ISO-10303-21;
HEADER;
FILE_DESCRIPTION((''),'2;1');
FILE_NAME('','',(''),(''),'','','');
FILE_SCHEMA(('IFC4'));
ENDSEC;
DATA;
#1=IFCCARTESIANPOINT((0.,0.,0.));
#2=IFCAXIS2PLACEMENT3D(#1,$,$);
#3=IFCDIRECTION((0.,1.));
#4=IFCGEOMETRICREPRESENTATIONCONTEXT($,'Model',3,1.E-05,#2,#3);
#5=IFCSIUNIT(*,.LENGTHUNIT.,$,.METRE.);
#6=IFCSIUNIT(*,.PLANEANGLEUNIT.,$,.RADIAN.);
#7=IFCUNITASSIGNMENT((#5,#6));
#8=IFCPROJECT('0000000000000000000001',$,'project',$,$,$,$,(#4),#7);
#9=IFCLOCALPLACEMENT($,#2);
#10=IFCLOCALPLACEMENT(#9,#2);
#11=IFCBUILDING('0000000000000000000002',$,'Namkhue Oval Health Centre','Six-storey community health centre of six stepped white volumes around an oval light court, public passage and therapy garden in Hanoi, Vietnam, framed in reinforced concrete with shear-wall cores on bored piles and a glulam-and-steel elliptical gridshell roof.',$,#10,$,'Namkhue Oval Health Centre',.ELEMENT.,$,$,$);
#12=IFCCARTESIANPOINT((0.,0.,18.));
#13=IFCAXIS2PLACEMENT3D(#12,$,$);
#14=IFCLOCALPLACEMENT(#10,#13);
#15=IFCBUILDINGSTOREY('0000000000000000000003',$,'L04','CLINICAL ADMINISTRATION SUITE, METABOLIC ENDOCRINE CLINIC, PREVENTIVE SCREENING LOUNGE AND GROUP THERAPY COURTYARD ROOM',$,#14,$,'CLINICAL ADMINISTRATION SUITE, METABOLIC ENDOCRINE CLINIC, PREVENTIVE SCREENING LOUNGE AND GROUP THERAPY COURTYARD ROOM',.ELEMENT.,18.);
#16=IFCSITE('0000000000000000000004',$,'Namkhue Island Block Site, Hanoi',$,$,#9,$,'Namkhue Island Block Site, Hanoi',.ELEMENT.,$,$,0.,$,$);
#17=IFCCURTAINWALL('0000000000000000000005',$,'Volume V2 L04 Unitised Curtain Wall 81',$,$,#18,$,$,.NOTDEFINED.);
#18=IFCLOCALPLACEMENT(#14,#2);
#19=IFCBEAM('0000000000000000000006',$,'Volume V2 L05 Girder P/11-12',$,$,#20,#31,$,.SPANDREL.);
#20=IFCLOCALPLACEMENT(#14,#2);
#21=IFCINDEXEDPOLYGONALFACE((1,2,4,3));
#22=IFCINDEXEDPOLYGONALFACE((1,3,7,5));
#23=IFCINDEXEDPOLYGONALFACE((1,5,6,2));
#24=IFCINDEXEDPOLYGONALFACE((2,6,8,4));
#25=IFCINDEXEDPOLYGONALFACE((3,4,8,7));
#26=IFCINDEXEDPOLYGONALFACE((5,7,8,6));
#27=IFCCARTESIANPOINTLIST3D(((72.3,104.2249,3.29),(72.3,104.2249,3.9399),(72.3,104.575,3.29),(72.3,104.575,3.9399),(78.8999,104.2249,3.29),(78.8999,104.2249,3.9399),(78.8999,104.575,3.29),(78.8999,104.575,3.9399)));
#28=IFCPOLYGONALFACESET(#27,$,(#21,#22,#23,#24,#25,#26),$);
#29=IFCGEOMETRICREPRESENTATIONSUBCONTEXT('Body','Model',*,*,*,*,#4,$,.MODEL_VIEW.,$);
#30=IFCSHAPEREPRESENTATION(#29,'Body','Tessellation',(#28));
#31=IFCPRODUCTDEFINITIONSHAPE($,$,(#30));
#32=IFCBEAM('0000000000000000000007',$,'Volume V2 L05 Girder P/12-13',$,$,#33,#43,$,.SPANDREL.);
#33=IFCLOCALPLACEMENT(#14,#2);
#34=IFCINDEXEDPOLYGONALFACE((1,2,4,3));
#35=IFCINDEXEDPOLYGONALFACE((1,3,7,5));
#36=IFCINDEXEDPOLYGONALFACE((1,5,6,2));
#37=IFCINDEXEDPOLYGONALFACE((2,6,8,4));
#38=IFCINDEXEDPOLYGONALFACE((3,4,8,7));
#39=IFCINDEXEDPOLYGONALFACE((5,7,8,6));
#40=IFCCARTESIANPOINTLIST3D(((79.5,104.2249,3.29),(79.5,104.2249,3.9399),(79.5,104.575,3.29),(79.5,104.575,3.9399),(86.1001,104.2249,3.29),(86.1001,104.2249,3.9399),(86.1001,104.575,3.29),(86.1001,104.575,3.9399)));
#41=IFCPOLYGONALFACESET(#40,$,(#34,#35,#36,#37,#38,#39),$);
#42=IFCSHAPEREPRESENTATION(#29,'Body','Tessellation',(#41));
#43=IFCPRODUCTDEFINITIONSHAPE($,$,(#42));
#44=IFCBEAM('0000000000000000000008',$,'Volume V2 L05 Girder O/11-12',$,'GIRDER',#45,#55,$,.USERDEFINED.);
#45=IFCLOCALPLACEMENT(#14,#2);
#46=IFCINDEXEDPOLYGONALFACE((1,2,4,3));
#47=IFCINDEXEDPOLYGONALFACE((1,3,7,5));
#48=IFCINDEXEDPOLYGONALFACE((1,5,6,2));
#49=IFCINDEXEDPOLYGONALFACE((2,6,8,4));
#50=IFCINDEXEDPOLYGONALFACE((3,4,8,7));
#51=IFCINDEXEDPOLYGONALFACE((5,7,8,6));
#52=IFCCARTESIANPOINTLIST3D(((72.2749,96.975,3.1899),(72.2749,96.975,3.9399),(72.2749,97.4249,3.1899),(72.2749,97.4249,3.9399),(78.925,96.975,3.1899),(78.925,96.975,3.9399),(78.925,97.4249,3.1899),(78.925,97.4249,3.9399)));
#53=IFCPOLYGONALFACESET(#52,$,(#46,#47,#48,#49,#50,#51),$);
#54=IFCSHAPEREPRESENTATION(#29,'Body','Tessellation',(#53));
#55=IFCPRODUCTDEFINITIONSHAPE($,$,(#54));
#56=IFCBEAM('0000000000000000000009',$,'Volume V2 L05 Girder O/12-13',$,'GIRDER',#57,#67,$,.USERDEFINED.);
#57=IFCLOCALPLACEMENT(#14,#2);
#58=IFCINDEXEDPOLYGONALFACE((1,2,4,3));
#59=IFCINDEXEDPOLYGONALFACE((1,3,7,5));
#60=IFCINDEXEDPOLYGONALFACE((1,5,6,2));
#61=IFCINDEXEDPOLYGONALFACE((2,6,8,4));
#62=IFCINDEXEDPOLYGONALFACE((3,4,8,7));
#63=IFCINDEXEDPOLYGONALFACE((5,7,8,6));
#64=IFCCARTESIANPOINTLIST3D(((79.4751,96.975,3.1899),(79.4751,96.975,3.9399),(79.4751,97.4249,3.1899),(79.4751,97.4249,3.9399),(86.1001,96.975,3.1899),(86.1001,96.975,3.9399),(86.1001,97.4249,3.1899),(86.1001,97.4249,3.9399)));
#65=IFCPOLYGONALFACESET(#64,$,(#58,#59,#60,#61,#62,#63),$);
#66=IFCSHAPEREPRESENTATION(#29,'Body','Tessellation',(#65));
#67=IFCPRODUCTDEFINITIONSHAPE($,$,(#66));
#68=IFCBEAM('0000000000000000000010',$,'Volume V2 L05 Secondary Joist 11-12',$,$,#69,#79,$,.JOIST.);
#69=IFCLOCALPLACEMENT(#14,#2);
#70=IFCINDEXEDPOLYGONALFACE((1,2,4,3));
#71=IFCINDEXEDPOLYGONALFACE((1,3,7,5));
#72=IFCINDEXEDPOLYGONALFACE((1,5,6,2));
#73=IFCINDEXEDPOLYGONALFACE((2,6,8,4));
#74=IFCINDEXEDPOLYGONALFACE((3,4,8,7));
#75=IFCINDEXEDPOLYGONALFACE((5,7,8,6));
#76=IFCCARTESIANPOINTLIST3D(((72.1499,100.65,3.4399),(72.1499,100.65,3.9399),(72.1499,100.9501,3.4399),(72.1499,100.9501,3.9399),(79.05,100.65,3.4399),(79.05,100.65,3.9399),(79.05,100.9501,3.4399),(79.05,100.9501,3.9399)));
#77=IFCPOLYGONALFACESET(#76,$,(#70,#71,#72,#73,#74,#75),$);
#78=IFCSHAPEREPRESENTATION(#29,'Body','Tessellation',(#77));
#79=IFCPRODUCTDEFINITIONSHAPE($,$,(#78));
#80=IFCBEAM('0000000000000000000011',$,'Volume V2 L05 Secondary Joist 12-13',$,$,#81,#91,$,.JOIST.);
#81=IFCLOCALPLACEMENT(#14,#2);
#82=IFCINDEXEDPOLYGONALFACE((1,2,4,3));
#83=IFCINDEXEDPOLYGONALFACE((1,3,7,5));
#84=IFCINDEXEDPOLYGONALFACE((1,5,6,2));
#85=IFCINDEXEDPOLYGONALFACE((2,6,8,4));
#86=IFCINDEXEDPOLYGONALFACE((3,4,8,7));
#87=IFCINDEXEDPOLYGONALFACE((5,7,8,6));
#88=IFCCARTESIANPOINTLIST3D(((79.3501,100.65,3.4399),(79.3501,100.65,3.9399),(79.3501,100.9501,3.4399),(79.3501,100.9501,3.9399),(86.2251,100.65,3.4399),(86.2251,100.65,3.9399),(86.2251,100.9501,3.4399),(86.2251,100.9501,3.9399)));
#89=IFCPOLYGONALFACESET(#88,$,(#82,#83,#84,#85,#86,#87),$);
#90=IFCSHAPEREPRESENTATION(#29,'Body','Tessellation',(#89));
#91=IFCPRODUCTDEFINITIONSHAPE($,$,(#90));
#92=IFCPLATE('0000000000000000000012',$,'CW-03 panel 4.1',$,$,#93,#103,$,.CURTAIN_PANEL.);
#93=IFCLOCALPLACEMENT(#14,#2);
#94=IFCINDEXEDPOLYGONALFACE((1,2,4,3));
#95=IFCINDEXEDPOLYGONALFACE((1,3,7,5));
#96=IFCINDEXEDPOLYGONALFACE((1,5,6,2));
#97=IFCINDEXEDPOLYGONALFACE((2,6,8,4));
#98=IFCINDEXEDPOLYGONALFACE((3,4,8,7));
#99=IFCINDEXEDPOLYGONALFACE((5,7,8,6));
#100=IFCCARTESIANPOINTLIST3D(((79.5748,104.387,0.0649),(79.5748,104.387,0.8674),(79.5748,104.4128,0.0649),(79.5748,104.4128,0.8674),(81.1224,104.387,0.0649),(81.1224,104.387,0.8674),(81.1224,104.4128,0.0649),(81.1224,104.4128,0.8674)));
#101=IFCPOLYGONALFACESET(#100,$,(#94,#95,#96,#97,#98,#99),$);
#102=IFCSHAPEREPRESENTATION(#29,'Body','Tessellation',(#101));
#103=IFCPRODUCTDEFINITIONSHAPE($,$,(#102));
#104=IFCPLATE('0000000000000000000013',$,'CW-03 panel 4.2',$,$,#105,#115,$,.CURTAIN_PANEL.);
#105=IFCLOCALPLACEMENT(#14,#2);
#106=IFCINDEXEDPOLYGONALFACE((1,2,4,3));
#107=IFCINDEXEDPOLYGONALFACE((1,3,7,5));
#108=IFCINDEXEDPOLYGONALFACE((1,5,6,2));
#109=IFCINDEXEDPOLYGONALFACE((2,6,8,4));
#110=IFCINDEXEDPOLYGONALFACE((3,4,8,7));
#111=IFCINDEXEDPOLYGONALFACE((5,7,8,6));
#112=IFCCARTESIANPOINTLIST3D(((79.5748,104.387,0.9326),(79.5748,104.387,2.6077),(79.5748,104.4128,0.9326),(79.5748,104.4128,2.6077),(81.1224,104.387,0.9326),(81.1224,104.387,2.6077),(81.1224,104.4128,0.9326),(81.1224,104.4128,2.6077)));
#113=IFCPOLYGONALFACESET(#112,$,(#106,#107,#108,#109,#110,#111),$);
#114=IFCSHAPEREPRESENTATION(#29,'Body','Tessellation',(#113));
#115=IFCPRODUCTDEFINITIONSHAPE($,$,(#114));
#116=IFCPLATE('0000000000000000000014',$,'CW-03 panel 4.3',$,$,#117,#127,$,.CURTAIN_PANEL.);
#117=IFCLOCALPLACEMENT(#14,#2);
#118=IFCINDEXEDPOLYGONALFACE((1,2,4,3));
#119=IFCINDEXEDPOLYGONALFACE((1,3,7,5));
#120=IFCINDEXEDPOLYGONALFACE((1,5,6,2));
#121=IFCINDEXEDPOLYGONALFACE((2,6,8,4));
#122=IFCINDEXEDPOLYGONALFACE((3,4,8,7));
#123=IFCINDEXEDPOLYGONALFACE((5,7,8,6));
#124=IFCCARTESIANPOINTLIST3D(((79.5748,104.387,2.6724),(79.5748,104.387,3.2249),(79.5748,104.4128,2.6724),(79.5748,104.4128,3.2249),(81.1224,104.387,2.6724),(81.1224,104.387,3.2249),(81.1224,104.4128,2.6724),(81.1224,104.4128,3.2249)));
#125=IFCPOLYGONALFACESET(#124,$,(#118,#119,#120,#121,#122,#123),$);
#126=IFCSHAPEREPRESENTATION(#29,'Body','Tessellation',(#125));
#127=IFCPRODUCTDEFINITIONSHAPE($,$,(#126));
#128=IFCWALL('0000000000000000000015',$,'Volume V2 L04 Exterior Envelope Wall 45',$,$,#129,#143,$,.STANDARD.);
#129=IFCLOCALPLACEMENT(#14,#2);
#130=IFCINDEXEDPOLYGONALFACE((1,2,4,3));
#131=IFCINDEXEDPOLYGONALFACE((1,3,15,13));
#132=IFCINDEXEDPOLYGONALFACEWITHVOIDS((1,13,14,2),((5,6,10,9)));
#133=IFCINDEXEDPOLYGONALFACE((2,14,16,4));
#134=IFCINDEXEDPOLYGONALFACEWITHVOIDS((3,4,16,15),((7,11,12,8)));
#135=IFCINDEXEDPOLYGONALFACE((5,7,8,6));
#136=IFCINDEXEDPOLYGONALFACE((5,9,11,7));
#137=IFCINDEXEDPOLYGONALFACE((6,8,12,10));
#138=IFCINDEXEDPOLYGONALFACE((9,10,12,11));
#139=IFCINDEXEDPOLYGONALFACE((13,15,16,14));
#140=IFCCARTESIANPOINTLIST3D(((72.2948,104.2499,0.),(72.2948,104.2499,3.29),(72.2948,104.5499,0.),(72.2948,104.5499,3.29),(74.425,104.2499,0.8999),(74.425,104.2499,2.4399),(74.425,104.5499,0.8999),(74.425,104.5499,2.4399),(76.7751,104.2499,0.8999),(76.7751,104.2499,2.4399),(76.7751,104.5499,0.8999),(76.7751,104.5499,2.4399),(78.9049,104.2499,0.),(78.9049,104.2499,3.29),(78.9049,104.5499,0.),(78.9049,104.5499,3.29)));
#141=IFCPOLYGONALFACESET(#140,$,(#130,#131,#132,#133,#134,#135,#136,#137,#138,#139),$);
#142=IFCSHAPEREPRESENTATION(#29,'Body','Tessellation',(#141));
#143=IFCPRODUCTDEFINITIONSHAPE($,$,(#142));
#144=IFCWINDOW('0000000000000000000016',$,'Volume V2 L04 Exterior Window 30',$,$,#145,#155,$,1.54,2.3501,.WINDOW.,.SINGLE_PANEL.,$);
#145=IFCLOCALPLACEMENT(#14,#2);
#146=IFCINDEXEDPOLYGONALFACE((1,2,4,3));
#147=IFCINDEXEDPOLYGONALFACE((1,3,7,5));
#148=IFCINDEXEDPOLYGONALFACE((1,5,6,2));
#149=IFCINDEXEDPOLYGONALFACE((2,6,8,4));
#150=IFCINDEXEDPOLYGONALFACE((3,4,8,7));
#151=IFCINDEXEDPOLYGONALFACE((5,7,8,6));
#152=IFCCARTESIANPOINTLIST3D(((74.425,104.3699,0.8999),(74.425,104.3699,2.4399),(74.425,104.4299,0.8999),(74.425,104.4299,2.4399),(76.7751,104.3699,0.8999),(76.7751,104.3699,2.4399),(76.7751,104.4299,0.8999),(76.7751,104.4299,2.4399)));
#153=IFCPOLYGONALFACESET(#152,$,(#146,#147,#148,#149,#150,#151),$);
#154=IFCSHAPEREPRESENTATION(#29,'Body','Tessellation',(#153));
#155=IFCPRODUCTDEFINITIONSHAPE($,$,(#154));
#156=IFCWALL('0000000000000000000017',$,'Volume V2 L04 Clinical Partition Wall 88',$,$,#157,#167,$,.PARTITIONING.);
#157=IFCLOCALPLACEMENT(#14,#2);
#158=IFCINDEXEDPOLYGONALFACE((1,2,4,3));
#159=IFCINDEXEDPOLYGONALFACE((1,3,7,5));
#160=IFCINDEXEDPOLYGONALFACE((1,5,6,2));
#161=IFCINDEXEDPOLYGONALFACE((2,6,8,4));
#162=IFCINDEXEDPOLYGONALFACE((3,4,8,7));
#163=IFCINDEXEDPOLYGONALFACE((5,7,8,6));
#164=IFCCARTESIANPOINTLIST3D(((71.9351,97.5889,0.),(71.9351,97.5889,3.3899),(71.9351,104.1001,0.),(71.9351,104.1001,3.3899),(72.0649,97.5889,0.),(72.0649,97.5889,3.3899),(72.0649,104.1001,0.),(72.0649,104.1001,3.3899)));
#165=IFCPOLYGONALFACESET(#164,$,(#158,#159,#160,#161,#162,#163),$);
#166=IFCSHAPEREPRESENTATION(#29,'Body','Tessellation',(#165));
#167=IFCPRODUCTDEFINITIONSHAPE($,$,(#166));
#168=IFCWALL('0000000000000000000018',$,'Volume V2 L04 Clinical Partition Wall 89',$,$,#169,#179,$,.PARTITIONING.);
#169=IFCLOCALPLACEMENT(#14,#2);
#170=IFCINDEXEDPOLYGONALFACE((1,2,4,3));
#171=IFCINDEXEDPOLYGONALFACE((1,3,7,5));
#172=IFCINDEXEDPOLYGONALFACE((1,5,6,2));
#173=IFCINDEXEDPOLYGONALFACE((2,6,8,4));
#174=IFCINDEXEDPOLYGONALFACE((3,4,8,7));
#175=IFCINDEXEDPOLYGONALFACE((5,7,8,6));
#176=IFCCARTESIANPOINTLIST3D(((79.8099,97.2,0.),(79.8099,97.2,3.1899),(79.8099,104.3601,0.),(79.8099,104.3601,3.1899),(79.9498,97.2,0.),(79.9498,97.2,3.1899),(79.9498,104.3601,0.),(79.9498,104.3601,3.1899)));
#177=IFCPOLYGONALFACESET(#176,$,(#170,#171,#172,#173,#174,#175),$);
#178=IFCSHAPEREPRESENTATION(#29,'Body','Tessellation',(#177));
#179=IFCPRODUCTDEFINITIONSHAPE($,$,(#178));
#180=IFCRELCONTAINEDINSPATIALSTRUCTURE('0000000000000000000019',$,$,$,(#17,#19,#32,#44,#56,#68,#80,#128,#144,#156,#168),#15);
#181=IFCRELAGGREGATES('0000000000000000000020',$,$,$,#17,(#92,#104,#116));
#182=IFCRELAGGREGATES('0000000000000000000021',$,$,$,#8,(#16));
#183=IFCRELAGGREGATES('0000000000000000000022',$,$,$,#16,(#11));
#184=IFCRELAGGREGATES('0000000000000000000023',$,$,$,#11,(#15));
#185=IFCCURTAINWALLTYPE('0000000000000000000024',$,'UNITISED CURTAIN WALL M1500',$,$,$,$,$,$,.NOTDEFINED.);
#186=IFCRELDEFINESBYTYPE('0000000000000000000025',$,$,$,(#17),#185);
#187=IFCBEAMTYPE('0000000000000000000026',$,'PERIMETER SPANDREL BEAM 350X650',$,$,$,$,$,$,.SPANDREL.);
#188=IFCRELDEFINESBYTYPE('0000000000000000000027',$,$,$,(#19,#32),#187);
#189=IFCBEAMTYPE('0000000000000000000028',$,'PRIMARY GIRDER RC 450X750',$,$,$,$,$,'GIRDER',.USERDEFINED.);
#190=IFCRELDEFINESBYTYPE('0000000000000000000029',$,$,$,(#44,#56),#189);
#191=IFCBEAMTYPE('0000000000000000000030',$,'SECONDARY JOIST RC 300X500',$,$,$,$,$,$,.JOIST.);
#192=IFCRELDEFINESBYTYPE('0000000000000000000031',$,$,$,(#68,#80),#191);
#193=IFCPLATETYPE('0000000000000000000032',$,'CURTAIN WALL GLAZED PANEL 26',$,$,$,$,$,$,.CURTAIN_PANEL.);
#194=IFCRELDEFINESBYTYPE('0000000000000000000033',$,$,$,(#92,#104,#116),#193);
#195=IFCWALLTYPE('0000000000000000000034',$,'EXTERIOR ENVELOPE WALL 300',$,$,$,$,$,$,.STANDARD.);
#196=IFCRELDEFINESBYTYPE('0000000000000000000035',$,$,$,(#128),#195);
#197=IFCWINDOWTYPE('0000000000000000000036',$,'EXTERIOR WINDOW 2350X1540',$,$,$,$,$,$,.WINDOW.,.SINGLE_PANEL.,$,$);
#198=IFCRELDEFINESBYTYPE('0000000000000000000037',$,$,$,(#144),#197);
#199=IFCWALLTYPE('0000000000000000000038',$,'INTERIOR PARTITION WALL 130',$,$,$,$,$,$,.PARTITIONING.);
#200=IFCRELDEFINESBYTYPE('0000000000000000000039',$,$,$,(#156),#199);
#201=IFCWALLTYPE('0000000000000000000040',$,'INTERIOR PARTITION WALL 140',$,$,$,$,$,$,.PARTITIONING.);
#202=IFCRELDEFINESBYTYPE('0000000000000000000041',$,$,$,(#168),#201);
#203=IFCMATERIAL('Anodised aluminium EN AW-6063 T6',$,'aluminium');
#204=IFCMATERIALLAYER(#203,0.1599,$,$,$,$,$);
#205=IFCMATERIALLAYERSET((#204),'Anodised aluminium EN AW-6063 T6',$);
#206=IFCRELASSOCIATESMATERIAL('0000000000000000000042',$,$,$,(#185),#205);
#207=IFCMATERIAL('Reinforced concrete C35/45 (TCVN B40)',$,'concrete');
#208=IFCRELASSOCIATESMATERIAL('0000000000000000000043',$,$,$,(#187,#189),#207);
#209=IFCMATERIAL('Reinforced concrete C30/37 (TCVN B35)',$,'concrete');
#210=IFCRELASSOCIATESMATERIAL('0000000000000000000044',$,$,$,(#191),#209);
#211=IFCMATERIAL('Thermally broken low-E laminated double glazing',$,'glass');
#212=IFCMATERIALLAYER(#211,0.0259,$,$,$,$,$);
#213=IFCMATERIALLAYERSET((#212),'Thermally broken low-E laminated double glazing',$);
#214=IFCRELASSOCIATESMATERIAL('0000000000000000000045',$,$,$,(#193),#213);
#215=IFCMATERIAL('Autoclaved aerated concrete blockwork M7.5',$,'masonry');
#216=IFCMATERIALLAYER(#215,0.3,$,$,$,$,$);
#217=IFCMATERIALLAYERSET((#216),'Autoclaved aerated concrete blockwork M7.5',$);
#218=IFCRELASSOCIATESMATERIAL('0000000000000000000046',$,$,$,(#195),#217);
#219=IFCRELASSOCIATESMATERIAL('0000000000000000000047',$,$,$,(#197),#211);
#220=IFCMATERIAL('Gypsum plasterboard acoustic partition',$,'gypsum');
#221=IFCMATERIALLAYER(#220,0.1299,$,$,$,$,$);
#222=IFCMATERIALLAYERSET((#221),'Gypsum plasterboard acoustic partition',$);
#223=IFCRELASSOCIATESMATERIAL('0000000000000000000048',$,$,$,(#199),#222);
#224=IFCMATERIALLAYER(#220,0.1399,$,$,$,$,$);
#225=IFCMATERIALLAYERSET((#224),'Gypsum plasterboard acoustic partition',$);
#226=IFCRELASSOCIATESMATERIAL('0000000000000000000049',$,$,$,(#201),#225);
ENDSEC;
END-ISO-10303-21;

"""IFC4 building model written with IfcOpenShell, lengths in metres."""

from ifc_helpers import new_model, si_unit, direction, frame, frame_2d, origin, origin_2d, place, context, subcontext, project, spatial, rectangle, extrude, material, layer, layer_set, material_profile, profile_set, type_object, element, fill, aggregate, save


model = new_model("IFC4")

# Units and contexts
model_context = context("Model", 3, precision=1e-05, world=origin(), true_north=direction((0.0, 1.0)))
body_context = subcontext(model_context, "Body", "Model", "MODEL_VIEW")
ifc_project = project(units=[si_unit("LENGTHUNIT", "METRE"), si_unit("PLANEANGLEUNIT", "RADIAN")], contexts=[model_context])

# Site, building, storey
site_placement = place(None, origin())
site = spatial("IfcSite", under=ifc_project, at=site_placement, Name="Namkhue Island Block Site, Hanoi", LongName="Namkhue Island Block Site, Hanoi", CompositionType="ELEMENT", RefElevation=0.0)
building_placement = place(site_placement, origin())
building = spatial("IfcBuilding", under=site, at=building_placement, Name="Namkhue Oval Health Centre", Description="Six-storey community health centre of six stepped white volumes around an oval light court, public passage and therapy garden in Hanoi, Vietnam, framed in reinforced concrete with shear-wall cores on bored piles and a glulam-and-steel elliptical gridshell roof.", LongName="Namkhue Oval Health Centre", CompositionType="ELEMENT")
storey_placement = place(building_placement, frame((0.0, 0.0, 18.0)))
storey = spatial("IfcBuildingStorey", under=building, at=storey_placement, Name="L04", Description="CLINICAL ADMINISTRATION SUITE, METABOLIC ENDOCRINE CLINIC, PREVENTIVE SCREENING LOUNGE AND GROUP THERAPY COURTYARD ROOM", LongName="CLINICAL ADMINISTRATION SUITE, METABOLIC ENDOCRINE CLINIC, PREVENTIVE SCREENING LOUNGE AND GROUP THERAPY COURTYARD ROOM", CompositionType="ELEMENT", Elevation=18.0)

# Shared definitions
ifc_material_1 = material(Name="Reinforced concrete C35/45 (TCVN B40)", Category="concrete")

# Curtain wall
ifc_material_2 = material(Name="Anodised aluminium EN AW-6063 T6", Category="aluminium")
ifc_layer_1 = layer(ifc_material_2, 0.1599)
ifc_layer_set_1 = layer_set([ifc_layer_1], Name="Anodised aluminium EN AW-6063 T6")
curtain_wall_type = type_object("IfcCurtainWallType", Name="UNITISED CURTAIN WALL M1500", PredefinedType="NOTDEFINED", material=ifc_layer_set_1)
curtain_wall_placement = place(storey_placement, origin())
curtain_wall = element("IfcCurtainWall", 1, at=curtain_wall_placement, inside=storey, type_object=curtain_wall_type, Name="Volume V2 L04 Unitised Curtain Wall 81", PredefinedType="NOTDEFINED")

# Beams
ifc_material_3 = material(Name="Reinforced concrete C30/37 (TCVN B35)", Category="concrete")
ifc_material_profile_1 = material_profile(ifc_material_1, rectangle(XDim=0.3501, YDim=0.6499, at=origin_2d()), Name="RC 350x650")
ifc_profile_set_1 = profile_set([ifc_material_profile_1], Name="Reinforced concrete C35/45 (TCVN B40)")
beam_type_1 = type_object("IfcBeamType", Name="PERIMETER SPANDREL BEAM 350X650", PredefinedType="SPANDREL", material=ifc_profile_set_1)
beam_1_placement = place(storey_placement, frame((72.3, 104.3999, 3.615), z_axis=(1.0, 0.0, 0.0), x_axis=(0.0, 1.0, 0.0)))
element("IfcBeam", 2, at=beam_1_placement, inside=storey, type_object=beam_type_1, Name="Volume V2 L05 Girder P/11-12", PredefinedType="SPANDREL", context=body_context, shape_type="SweptSolid", body=[
    extrude(rectangle(XDim=0.3501, YDim=0.6499, at=origin_2d()), origin(), (0.0, 0.0, 1.0), 6.5999),
])
beam_2_placement = place(storey_placement, frame((79.5, 104.3999, 3.615), z_axis=(1.0, 0.0, 0.0), x_axis=(0.0, 1.0, 0.0)))
element("IfcBeam", 3, at=beam_2_placement, inside=storey, type_object=beam_type_1, Name="Volume V2 L05 Girder P/12-13", PredefinedType="SPANDREL", context=body_context, shape_type="SweptSolid", body=[
    extrude(rectangle(XDim=0.3501, YDim=0.6499, at=origin_2d()), origin(), (0.0, 0.0, 1.0), 6.6001),
])
ifc_material_profile_2 = material_profile(ifc_material_1, rectangle(XDim=0.45, YDim=0.75, at=origin_2d()), Name="RC 450x750")
ifc_profile_set_2 = profile_set([ifc_material_profile_2], Name="Reinforced concrete C35/45 (TCVN B40)")
beam_type_2 = type_object("IfcBeamType", Name="PRIMARY GIRDER RC 450X750", ElementType="GIRDER", PredefinedType="USERDEFINED", material=ifc_profile_set_2)
beam_3_placement = place(storey_placement, frame((72.2749, 97.2, 3.5649), z_axis=(1.0, 0.0, 0.0), x_axis=(0.0, 1.0, 0.0)))
element("IfcBeam", 4, at=beam_3_placement, inside=storey, type_object=beam_type_2, Name="Volume V2 L05 Girder O/11-12", ObjectType="GIRDER", PredefinedType="USERDEFINED", context=body_context, shape_type="SweptSolid", body=[
    extrude(rectangle(XDim=0.45, YDim=0.75, at=origin_2d()), origin(), (0.0, 0.0, 1.0), 6.6501),
])
beam_4_placement = place(storey_placement, frame((79.4751, 97.2, 3.5649), z_axis=(1.0, 0.0, 0.0), x_axis=(0.0, 1.0, 0.0)))
element("IfcBeam", 5, at=beam_4_placement, inside=storey, type_object=beam_type_2, Name="Volume V2 L05 Girder O/12-13", ObjectType="GIRDER", PredefinedType="USERDEFINED", context=body_context, shape_type="SweptSolid", body=[
    extrude(rectangle(XDim=0.45, YDim=0.75, at=origin_2d()), origin(), (0.0, 0.0, 1.0), 6.625),
])
ifc_material_profile_3 = material_profile(ifc_material_3, rectangle(XDim=0.3, YDim=0.5, at=origin_2d()), Name="RC 300x500")
ifc_profile_set_3 = profile_set([ifc_material_profile_3], Name="Reinforced concrete C30/37 (TCVN B35)")
beam_type_3 = type_object("IfcBeamType", Name="SECONDARY JOIST RC 300X500", PredefinedType="JOIST", material=ifc_profile_set_3)
beam_5_placement = place(storey_placement, frame((72.1499, 100.8, 3.6899), z_axis=(1.0, 0.0, 0.0), x_axis=(0.0, 1.0, 0.0)))
element("IfcBeam", 6, at=beam_5_placement, inside=storey, type_object=beam_type_3, Name="Volume V2 L05 Secondary Joist 11-12", PredefinedType="JOIST", context=body_context, shape_type="SweptSolid", body=[
    extrude(rectangle(XDim=0.3, YDim=0.5, at=origin_2d()), origin(), (0.0, 0.0, 1.0), 6.9001),
])
beam_6_placement = place(storey_placement, frame((79.3501, 100.8, 3.6899), z_axis=(1.0, 0.0, 0.0), x_axis=(0.0, 1.0, 0.0)))
element("IfcBeam", 7, at=beam_6_placement, inside=storey, type_object=beam_type_3, Name="Volume V2 L05 Secondary Joist 12-13", PredefinedType="JOIST", context=body_context, shape_type="SweptSolid", body=[
    extrude(rectangle(XDim=0.3, YDim=0.5, at=origin_2d()), origin(), (0.0, 0.0, 1.0), 6.875),
])

# Plates
ifc_material_4 = material(Name="Thermally broken low-E laminated double glazing", Category="glass")
ifc_layer_2 = layer(ifc_material_4, 0.0259)
ifc_layer_set_2 = layer_set([ifc_layer_2], Name="Thermally broken low-E laminated double glazing")
plate_type = type_object("IfcPlateType", Name="CURTAIN WALL GLAZED PANEL 26", PredefinedType="CURTAIN_PANEL", material=ifc_layer_set_2)
plate_1_placement = place(storey_placement, frame((80.3486, 104.3999, 0.0649), z_axis=(0.0, 0.0, 1.0), x_axis=(-1.0, 0.0, 0.0)))
plate_1 = element("IfcPlate", 8, at=plate_1_placement, type_object=plate_type, Name="CW-03 panel 4.1", PredefinedType="CURTAIN_PANEL", context=body_context, shape_type="SweptSolid", body=[
    extrude(rectangle(XDim=1.5476, YDim=0.0259, at=origin_2d()), origin(), (0.0, 0.0, 1.0), 0.8025),
])
plate_2_placement = place(storey_placement, frame((80.3486, 104.3999, 0.9326), z_axis=(0.0, 0.0, 1.0), x_axis=(-1.0, 0.0, 0.0)))
plate_2 = element("IfcPlate", 9, at=plate_2_placement, type_object=plate_type, Name="CW-03 panel 4.2", PredefinedType="CURTAIN_PANEL", context=body_context, shape_type="SweptSolid", body=[
    extrude(rectangle(XDim=1.5476, YDim=0.0259, at=origin_2d()), origin(), (0.0, 0.0, 1.0), 1.675),
])
plate_3_placement = place(storey_placement, frame((80.3486, 104.3999, 2.6724), z_axis=(0.0, 0.0, 1.0), x_axis=(-1.0, 0.0, 0.0)))
plate_3 = element("IfcPlate", 10, at=plate_3_placement, type_object=plate_type, Name="CW-03 panel 4.3", PredefinedType="CURTAIN_PANEL", context=body_context, shape_type="SweptSolid", body=[
    extrude(rectangle(XDim=1.5476, YDim=0.0259, at=origin_2d()), origin(), (0.0, 0.0, 1.0), 0.5525),
])
aggregate(curtain_wall, [plate_1, plate_2, plate_3])

# Wall, opening, window
ifc_material_5 = material(Name="Autoclaved aerated concrete blockwork M7.5", Category="masonry")
ifc_layer_3 = layer(ifc_material_5, 0.3)
ifc_layer_set_3 = layer_set([ifc_layer_3], Name="Autoclaved aerated concrete blockwork M7.5")
wall_type_1 = type_object("IfcWallType", Name="EXTERIOR ENVELOPE WALL 300", PredefinedType="STANDARD", material=ifc_layer_set_3)
wall_1_placement = place(storey_placement, frame((78.905, 104.3999, 0.0), z_axis=(0.0, 0.0, 1.0), x_axis=(-1.0, 0.0, 0.0)))
wall_1 = element("IfcWall", 11, at=wall_1_placement, inside=storey, type_object=wall_type_1, Name="Volume V2 L04 Exterior Envelope Wall 45", PredefinedType="STANDARD", context=body_context, shape_type="SweptSolid", body=[
    extrude(rectangle(XDim=6.6101, YDim=0.3, at=frame_2d((3.3052, 0.0))), origin(), (0.0, 0.0, 1.0), 3.29),
])
opening_placement = place(wall_1_placement, frame((2.1299, 0.0, 0.8999)))
opening = element("IfcOpeningElement", 12, at=opening_placement, cuts=wall_1, PredefinedType="OPENING", context=body_context, shape_type="SweptSolid", body=[
    extrude(rectangle(XDim=2.3501, YDim=1.54, at=frame_2d((1.175, 0.77))), frame((0.0, 0.1599, 0.0), z_axis=(0.0, -1.0, 0.0), x_axis=(1.0, 0.0, 0.0)), (0.0, 0.0, 1.0), 0.3201),
])
window_type = type_object("IfcWindowType", Name="EXTERIOR WINDOW 2350X1540", PartitioningType="SINGLE_PANEL", PredefinedType="WINDOW", material=ifc_material_4)
window_placement = place(opening_placement, origin())
window = element("IfcWindow", 13, at=window_placement, inside=storey, type_object=window_type, Name="Volume V2 L04 Exterior Window 30", OverallHeight=1.54, OverallWidth=2.3501, PartitioningType="SINGLE_PANEL", PredefinedType="WINDOW", context=body_context, shape_type="SweptSolid", body=[
    extrude(rectangle(XDim=2.3501, YDim=1.54, at=frame_2d((1.175, 0.77))), frame((0.0, 0.03, 0.0), z_axis=(0.0, -1.0, 0.0), x_axis=(1.0, 0.0, 0.0)), (0.0, 0.0, 1.0), 0.0601),
])
fill(opening, window)

# Walls
ifc_material_6 = material(Name="Gypsum plasterboard acoustic partition", Category="gypsum")
ifc_layer_4 = layer(ifc_material_6, 0.1299)
ifc_layer_set_4 = layer_set([ifc_layer_4], Name="Gypsum plasterboard acoustic partition")
wall_type_2 = type_object("IfcWallType", Name="INTERIOR PARTITION WALL 130", PredefinedType="PARTITIONING", material=ifc_layer_set_4)
wall_2_placement = place(storey_placement, frame((72.0, 97.5889, 0.0), z_axis=(0.0, 0.0, 1.0), x_axis=(0.0, 1.0, 0.0)))
element("IfcWall", 14, at=wall_2_placement, inside=storey, type_object=wall_type_2, Name="Volume V2 L04 Clinical Partition Wall 88", PredefinedType="PARTITIONING", context=body_context, shape_type="SweptSolid", body=[
    extrude(rectangle(XDim=6.5112, YDim=0.1299, at=frame_2d((3.2556, 0.0))), origin(), (0.0, 0.0, 1.0), 3.3899),
])
ifc_layer_5 = layer(ifc_material_6, 0.1399)
ifc_layer_set_5 = layer_set([ifc_layer_5], Name="Gypsum plasterboard acoustic partition")
wall_type_3 = type_object("IfcWallType", Name="INTERIOR PARTITION WALL 140", PredefinedType="PARTITIONING", material=ifc_layer_set_5)
wall_3_placement = place(storey_placement, frame((79.8799, 97.2, 0.0), z_axis=(0.0, 0.0, 1.0), x_axis=(0.0, 1.0, 0.0)))
element("IfcWall", 15, at=wall_3_placement, inside=storey, type_object=wall_type_3, Name="Volume V2 L04 Clinical Partition Wall 89", PredefinedType="PARTITIONING", context=body_context, shape_type="SweptSolid", body=[
    extrude(rectangle(XDim=7.1602, YDim=0.1399, at=frame_2d((3.5801, 0.0))), origin(), (0.0, 0.0, 1.0), 3.1899),
])

save(model, "model.ifc")
